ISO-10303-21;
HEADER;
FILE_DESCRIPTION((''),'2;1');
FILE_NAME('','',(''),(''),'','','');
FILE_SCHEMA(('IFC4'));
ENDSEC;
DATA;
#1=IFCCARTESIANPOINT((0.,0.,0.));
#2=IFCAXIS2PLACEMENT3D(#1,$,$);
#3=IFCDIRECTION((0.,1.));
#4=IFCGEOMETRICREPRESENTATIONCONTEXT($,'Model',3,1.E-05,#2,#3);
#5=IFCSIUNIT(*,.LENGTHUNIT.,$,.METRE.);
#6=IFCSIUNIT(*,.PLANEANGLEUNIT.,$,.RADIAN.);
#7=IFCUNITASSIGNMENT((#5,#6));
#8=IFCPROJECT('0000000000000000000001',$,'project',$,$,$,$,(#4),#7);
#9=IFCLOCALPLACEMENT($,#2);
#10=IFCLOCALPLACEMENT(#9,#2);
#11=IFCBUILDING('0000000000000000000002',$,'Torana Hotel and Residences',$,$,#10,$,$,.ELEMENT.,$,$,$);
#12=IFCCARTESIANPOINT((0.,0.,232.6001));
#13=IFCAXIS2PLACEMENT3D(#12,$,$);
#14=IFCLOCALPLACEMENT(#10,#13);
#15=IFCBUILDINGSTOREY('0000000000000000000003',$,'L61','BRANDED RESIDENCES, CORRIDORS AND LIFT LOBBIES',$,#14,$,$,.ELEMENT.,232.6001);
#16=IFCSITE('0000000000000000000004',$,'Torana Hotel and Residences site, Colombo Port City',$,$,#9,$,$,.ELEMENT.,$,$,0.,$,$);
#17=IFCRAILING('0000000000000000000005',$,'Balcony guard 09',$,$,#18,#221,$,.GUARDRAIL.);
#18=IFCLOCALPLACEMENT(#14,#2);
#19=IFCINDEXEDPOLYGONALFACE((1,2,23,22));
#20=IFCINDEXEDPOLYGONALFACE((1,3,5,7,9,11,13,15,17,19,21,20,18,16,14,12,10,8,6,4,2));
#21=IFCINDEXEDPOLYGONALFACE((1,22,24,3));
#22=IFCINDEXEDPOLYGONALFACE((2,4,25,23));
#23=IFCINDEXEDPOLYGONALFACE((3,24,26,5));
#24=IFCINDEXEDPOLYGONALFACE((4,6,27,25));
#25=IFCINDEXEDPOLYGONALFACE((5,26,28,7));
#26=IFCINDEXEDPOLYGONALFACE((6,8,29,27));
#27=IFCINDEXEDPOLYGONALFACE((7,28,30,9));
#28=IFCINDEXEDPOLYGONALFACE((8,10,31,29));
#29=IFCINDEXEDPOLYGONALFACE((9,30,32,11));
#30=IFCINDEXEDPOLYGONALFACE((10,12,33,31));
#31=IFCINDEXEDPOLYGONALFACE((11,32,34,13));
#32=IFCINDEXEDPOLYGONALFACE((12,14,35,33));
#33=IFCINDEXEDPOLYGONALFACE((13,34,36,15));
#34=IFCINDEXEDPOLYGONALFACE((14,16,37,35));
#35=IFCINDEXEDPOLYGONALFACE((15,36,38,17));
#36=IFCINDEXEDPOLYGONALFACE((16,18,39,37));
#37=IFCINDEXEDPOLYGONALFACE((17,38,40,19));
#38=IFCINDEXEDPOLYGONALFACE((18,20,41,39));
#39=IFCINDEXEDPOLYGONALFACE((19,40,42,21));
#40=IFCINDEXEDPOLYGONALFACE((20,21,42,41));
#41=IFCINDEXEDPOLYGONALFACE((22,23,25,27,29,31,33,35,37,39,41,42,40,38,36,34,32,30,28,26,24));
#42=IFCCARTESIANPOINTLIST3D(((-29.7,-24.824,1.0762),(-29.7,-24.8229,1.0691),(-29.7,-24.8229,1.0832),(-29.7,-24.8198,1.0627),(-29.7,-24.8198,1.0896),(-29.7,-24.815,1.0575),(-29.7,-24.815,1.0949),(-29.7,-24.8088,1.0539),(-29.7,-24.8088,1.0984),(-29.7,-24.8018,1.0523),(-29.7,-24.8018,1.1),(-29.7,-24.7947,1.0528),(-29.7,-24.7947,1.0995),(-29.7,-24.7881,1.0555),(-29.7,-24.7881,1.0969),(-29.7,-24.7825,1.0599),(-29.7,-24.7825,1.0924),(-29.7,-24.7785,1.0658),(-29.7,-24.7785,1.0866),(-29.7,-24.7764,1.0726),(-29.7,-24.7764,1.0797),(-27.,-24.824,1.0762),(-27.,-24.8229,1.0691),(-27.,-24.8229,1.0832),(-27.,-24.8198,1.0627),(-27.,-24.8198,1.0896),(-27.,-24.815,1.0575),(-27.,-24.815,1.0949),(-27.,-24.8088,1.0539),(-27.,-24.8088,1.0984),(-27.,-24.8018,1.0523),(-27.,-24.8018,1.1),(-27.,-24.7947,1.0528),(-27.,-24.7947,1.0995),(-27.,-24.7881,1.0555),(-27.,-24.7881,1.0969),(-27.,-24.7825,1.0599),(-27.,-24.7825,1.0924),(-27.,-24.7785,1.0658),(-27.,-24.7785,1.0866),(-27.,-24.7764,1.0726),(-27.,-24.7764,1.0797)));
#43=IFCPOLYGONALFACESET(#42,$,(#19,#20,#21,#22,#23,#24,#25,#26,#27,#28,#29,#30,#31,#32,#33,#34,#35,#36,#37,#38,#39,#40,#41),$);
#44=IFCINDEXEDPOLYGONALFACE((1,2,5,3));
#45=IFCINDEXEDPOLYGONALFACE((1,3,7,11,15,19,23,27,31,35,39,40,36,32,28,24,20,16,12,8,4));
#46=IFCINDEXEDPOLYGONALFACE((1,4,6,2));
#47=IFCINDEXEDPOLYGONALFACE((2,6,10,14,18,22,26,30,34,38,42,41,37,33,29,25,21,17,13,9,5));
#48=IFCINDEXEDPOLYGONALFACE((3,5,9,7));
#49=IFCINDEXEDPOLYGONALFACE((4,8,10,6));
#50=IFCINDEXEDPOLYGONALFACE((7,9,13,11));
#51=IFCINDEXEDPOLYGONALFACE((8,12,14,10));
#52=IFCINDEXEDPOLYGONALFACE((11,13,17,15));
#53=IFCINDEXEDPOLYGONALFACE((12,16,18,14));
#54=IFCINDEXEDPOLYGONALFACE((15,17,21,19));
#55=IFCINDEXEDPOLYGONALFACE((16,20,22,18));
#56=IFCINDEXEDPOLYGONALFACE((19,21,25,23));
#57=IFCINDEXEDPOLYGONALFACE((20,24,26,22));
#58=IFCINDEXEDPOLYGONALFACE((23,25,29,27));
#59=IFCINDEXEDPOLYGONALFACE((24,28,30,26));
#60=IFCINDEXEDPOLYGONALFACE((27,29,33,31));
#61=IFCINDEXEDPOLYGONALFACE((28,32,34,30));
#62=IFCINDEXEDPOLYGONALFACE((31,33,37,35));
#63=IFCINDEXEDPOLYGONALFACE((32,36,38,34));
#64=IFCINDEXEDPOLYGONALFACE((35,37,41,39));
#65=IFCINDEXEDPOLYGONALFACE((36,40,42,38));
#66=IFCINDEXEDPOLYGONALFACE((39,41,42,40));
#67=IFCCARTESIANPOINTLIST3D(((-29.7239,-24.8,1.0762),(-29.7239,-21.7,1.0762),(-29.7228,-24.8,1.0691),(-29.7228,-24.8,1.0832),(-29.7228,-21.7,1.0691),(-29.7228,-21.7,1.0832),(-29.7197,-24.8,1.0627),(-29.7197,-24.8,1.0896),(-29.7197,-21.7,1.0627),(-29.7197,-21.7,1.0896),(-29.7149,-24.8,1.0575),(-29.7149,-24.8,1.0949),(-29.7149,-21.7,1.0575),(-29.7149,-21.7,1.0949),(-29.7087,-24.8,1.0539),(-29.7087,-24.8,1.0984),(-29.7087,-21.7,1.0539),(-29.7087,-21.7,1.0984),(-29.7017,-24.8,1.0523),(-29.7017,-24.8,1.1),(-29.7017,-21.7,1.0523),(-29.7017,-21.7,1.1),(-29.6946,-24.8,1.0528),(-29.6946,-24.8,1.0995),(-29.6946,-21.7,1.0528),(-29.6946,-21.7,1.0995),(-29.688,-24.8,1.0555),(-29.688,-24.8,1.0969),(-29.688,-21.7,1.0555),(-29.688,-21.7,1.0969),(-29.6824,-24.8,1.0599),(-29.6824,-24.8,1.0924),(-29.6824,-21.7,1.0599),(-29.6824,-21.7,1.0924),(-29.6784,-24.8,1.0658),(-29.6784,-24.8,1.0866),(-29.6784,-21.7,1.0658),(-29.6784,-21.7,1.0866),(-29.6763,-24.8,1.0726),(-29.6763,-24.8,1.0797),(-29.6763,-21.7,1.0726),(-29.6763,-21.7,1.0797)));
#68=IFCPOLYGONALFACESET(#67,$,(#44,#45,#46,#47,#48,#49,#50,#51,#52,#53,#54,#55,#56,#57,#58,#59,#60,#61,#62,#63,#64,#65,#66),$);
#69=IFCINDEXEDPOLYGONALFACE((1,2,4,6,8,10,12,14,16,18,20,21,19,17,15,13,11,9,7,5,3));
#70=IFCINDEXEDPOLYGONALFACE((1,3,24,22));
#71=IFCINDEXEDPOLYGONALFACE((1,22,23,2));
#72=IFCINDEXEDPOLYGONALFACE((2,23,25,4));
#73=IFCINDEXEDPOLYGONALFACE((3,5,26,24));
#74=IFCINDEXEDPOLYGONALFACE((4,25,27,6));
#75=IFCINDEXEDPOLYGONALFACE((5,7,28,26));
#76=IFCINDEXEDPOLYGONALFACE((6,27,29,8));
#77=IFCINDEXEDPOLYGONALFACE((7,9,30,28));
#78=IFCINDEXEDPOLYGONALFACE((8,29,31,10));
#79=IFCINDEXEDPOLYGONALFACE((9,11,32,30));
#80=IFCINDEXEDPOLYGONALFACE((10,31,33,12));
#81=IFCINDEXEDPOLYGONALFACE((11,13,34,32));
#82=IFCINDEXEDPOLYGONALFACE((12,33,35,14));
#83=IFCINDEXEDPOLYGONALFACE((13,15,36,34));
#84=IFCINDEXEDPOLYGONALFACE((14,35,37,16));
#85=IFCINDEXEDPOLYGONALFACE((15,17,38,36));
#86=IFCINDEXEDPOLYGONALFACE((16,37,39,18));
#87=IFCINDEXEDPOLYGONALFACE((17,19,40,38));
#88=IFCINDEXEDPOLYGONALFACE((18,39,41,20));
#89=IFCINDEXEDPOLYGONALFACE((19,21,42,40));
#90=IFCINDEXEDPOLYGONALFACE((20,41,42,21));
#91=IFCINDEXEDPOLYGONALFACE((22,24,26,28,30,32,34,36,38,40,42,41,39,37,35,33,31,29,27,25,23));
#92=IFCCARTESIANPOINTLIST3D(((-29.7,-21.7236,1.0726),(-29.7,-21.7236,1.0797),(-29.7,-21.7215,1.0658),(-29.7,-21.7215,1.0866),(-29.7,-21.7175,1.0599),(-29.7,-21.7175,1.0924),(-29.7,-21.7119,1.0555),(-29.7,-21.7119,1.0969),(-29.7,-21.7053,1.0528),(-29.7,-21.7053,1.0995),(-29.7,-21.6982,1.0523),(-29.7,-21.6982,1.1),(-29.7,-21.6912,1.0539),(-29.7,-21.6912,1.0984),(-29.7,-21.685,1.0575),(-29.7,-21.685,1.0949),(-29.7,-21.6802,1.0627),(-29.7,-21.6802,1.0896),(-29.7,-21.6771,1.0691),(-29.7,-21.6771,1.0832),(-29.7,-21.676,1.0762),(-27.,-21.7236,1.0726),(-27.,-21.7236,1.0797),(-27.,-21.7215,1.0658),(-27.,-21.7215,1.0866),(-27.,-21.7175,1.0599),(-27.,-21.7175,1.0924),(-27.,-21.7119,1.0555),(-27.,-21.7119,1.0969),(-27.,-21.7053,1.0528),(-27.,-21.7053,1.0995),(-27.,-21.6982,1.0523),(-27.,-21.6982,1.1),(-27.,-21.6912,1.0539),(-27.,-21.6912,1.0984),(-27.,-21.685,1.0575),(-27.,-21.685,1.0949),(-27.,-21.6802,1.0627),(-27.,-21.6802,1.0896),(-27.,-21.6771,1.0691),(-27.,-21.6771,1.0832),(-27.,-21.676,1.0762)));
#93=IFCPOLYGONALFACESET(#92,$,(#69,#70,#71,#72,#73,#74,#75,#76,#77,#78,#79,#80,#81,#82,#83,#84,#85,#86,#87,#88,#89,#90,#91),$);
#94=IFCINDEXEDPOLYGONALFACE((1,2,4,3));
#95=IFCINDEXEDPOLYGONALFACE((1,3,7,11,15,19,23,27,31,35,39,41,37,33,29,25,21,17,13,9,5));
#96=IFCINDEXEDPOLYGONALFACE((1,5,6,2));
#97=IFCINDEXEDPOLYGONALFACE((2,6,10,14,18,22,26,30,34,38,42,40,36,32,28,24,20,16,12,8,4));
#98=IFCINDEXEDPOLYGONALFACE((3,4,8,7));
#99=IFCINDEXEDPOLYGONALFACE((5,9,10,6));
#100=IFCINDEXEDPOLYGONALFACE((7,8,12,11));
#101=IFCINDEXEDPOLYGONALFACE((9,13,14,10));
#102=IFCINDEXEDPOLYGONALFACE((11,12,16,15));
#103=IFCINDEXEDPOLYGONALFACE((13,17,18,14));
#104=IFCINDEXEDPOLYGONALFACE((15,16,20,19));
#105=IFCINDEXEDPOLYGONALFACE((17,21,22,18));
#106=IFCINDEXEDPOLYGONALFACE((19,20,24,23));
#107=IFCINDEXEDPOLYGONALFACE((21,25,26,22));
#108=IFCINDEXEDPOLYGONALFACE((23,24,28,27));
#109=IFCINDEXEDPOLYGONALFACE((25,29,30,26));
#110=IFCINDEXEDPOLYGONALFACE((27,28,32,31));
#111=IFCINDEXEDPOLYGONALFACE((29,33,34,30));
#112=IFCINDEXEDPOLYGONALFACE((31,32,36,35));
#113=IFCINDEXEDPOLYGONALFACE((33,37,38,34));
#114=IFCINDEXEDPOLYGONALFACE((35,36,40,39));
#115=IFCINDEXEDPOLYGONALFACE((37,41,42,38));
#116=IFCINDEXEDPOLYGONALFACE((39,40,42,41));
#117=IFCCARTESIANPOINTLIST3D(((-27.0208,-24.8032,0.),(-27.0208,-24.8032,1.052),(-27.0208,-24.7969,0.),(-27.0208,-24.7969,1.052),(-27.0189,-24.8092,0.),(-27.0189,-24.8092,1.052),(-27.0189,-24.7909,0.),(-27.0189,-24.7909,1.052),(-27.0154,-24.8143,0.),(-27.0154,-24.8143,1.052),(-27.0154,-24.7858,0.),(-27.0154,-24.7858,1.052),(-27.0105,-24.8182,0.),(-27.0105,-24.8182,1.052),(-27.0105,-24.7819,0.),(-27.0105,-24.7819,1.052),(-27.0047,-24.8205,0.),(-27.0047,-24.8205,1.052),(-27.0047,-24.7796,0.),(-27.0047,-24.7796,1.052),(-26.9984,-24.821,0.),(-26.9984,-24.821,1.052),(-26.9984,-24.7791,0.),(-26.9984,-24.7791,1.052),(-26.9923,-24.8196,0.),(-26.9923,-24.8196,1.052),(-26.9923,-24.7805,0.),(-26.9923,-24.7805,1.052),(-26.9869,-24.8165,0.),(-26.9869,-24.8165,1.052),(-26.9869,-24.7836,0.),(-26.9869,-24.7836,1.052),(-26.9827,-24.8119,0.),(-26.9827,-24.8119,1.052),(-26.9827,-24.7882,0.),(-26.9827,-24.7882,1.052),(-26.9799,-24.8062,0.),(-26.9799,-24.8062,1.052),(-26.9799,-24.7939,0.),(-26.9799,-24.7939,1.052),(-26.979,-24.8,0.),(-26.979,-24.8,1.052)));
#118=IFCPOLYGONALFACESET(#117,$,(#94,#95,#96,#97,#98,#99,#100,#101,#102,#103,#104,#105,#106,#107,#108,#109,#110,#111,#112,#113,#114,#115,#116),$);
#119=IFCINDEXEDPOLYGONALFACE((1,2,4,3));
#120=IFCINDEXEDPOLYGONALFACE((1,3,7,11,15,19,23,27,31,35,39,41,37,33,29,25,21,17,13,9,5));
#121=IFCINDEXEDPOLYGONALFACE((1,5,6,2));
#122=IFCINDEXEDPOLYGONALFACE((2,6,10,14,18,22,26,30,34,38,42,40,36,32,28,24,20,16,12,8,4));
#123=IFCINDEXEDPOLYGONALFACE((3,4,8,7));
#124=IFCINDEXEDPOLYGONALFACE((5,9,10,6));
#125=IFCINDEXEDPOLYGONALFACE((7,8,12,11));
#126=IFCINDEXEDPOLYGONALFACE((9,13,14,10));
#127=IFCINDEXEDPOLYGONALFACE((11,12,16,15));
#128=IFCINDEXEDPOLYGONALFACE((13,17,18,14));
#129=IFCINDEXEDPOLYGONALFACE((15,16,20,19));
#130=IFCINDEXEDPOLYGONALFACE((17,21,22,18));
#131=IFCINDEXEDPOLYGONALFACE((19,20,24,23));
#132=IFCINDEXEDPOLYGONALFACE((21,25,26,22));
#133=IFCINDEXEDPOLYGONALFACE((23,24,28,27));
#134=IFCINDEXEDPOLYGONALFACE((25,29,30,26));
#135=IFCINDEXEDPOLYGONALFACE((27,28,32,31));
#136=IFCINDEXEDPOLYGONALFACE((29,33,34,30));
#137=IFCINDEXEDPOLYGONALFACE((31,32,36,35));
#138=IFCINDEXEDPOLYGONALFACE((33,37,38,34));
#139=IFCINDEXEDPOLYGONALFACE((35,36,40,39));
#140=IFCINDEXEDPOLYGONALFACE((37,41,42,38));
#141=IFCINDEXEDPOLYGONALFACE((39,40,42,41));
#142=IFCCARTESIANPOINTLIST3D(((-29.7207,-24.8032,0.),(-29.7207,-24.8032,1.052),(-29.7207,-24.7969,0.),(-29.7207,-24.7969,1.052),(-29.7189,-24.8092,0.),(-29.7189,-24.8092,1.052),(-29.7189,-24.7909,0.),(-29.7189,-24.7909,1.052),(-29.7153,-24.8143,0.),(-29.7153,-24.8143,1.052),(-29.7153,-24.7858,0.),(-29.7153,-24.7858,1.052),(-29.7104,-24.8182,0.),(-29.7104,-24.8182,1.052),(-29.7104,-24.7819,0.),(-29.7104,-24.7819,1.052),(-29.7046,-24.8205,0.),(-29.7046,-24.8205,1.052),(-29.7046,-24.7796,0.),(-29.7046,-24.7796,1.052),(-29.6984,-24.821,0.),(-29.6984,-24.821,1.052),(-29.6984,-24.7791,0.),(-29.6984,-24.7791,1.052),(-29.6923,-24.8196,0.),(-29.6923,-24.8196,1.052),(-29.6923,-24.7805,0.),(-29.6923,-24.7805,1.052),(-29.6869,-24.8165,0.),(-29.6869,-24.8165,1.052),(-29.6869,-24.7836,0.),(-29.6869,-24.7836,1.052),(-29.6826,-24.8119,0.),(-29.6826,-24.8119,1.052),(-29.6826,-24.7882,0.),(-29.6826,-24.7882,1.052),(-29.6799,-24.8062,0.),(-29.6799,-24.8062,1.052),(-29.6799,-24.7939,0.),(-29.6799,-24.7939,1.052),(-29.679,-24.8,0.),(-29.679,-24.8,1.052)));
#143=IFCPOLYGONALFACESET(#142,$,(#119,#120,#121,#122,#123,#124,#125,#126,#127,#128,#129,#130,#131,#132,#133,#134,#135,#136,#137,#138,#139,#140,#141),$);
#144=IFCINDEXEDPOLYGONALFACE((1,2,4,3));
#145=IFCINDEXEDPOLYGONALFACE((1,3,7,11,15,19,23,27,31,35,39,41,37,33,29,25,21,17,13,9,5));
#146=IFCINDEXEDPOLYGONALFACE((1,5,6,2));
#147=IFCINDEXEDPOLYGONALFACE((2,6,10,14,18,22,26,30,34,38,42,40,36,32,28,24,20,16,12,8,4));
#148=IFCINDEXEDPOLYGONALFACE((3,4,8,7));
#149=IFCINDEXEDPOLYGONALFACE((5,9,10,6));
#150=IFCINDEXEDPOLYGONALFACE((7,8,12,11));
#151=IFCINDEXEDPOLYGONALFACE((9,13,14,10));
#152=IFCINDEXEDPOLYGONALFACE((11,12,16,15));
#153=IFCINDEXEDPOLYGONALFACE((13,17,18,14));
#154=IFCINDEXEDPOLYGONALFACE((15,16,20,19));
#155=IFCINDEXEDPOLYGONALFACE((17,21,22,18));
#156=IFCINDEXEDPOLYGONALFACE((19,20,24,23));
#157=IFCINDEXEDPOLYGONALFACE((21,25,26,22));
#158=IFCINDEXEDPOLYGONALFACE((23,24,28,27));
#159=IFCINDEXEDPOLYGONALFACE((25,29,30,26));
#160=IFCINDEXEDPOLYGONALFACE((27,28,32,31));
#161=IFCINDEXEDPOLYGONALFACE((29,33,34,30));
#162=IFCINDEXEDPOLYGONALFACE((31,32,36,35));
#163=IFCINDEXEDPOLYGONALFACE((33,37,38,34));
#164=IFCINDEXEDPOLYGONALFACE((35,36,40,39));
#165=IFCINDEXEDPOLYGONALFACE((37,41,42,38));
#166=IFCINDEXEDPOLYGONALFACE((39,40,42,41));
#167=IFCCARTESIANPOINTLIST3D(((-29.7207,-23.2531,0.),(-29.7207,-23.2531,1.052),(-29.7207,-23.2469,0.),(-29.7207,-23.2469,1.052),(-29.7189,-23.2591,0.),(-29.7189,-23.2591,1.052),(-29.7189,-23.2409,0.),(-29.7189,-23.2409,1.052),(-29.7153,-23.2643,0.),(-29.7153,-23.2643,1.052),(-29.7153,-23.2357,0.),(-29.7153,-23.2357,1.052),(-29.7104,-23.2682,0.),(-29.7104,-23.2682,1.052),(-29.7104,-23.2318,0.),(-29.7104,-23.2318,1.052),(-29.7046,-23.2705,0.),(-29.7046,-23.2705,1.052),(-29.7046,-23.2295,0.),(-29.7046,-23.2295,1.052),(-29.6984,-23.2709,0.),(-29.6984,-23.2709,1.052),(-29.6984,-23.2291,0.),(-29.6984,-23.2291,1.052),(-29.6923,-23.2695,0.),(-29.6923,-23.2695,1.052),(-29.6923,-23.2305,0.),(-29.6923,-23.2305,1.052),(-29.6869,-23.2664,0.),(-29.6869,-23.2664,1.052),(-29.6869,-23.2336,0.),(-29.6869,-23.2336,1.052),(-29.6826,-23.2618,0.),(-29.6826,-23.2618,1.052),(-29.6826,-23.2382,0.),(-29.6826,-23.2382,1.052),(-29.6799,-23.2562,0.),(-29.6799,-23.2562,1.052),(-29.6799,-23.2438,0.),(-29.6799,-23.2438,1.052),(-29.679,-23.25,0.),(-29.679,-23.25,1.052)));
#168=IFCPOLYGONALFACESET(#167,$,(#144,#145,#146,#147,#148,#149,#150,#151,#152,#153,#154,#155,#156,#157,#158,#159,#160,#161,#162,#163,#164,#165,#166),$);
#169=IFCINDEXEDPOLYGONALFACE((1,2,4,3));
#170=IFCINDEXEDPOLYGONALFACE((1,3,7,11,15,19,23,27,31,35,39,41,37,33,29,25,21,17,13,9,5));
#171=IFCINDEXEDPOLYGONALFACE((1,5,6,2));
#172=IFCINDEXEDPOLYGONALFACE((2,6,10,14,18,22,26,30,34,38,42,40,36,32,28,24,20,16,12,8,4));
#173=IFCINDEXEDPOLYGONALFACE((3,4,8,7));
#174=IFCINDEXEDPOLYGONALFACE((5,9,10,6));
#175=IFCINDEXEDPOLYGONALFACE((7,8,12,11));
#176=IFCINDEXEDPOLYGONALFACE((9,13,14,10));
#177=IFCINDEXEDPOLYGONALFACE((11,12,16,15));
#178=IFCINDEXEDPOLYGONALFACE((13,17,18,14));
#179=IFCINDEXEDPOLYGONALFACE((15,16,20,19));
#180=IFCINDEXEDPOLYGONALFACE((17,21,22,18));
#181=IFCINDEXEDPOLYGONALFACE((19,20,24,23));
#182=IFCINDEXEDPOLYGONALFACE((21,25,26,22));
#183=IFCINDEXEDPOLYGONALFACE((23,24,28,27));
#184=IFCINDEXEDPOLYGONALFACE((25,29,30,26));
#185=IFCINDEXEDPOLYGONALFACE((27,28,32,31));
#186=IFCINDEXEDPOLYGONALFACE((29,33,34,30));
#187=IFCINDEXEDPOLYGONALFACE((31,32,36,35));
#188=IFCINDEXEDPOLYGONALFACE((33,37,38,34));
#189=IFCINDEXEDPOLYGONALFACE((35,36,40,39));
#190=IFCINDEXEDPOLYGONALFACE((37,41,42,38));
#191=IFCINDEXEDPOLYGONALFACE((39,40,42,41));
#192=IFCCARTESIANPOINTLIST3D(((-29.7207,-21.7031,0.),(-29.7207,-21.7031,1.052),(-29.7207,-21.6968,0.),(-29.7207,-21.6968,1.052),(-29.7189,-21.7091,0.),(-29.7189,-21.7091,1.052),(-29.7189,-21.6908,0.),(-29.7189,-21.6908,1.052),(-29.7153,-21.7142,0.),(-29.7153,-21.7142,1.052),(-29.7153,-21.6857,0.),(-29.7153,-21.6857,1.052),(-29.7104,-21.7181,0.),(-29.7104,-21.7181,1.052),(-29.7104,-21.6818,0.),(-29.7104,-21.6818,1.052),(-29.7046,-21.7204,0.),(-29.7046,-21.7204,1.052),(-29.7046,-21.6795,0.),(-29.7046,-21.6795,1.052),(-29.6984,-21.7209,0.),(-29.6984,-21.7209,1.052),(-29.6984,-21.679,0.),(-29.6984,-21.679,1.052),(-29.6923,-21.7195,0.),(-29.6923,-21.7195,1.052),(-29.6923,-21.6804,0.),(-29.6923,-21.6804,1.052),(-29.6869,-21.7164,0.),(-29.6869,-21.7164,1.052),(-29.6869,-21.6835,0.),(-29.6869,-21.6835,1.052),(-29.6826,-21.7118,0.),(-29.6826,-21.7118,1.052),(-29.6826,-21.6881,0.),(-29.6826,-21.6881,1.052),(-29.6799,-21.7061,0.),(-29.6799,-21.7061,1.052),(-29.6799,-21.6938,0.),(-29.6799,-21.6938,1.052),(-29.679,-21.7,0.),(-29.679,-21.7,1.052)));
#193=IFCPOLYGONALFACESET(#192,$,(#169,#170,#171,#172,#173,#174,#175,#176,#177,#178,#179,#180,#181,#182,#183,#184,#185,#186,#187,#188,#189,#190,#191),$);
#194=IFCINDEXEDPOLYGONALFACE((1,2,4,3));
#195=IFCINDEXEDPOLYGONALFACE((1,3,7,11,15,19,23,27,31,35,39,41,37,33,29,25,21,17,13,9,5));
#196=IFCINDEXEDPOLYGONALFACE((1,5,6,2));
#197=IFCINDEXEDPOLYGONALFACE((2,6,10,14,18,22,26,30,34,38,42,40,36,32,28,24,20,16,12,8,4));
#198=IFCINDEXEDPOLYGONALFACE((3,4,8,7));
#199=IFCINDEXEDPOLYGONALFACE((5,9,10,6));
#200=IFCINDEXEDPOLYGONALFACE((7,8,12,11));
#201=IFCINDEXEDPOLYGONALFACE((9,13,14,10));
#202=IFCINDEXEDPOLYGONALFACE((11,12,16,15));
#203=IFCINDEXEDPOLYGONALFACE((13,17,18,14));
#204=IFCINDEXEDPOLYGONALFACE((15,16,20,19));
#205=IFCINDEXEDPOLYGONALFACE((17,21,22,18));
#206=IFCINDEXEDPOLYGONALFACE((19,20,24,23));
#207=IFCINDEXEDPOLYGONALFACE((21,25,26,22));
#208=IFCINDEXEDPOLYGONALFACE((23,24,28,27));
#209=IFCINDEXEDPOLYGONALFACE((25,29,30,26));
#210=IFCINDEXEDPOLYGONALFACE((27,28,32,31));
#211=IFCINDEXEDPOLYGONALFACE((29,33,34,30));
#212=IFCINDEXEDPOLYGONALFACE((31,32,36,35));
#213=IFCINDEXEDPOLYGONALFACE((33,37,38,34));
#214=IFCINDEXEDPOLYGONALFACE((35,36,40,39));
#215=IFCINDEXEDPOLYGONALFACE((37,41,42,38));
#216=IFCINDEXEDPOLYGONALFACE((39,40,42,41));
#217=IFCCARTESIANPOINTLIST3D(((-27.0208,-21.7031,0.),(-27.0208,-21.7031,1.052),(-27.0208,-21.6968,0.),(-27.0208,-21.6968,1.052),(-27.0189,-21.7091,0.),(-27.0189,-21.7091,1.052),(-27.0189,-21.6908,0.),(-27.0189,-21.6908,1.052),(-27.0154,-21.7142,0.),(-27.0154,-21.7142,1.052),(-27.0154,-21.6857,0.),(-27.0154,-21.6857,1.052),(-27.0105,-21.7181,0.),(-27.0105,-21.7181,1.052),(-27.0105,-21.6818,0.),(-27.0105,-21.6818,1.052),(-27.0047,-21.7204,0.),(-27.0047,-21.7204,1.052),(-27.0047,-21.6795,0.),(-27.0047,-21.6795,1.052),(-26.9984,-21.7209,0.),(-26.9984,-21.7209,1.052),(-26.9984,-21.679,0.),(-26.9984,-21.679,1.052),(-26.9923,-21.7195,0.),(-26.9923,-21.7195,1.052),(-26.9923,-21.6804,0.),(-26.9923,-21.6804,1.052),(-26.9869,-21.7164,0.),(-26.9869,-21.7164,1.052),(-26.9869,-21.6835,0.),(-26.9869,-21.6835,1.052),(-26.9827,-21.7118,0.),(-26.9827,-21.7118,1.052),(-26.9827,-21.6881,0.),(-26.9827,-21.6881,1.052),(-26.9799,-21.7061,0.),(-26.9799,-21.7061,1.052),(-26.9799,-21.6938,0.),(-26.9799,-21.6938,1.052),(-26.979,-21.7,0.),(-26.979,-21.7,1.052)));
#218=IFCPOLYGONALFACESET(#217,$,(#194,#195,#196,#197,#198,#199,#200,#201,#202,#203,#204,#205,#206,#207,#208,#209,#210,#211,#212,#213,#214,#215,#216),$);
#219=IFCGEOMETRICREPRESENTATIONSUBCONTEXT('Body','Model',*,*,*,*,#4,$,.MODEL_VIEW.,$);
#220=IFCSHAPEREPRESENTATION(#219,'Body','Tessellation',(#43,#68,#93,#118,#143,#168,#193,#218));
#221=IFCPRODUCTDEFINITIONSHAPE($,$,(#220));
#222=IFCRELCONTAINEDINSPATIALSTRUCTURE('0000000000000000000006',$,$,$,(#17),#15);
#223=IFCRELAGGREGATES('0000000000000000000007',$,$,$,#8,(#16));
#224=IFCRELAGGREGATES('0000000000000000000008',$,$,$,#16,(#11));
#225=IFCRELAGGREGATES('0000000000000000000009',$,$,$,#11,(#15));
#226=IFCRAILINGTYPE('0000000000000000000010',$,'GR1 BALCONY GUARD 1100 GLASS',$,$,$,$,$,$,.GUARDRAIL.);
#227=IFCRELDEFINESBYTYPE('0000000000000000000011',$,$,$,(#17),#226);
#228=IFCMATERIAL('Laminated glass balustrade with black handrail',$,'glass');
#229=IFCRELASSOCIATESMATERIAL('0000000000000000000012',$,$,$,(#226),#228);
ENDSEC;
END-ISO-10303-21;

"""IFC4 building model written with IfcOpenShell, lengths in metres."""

from ifc_helpers import new_model, si_unit, direction, frame, origin, origin_2d, place, context, subcontext, project, spatial, circle, extrude, material, type_object, element, save


model = new_model("IFC4")

# Units and contexts
model_context = context("Model", 3, precision=1e-05, world=origin(), true_north=direction((0.0, 1.0)))
body_context = subcontext(model_context, "Body", "Model", "MODEL_VIEW")
ifc_project = project(units=[si_unit("LENGTHUNIT", "METRE"), si_unit("PLANEANGLEUNIT", "RADIAN")], contexts=[model_context])

# Site, building, storey
site_placement = place(None, origin())
site = spatial("IfcSite", under=ifc_project, at=site_placement, Name="Torana Hotel and Residences site, Colombo Port City", CompositionType="ELEMENT", RefElevation=0.0)
building_placement = place(site_placement, origin())
building = spatial("IfcBuilding", under=site, at=building_placement, Name="Torana Hotel and Residences", CompositionType="ELEMENT")
storey_placement = place(building_placement, frame((0.0, 0.0, 232.6001)))
storey = spatial("IfcBuildingStorey", under=building, at=storey_placement, Name="L61", Description="BRANDED RESIDENCES, CORRIDORS AND LIFT LOBBIES", CompositionType="ELEMENT", Elevation=232.6001)

# Railing
ifc_material_1 = material(Name="Laminated glass balustrade with black handrail", Category="glass")
railing_type = type_object("IfcRailingType", Name="GR1 BALCONY GUARD 1100 GLASS", PredefinedType="GUARDRAIL", material=ifc_material_1)
railing_placement = place(storey_placement, frame((-27.0, -24.8, 0.0)))
element("IfcRailing", 1, at=railing_placement, inside=storey, type_object=railing_type, Name="Balcony guard 09", PredefinedType="GUARDRAIL", context=body_context, shape_type="SweptSolid", body=[
    extrude(circle(Radius=0.0239, at=origin_2d()), frame((0.0, 0.0, 1.0762), z_axis=(-1.0, 0.0, 0.0), x_axis=(0.0, -1.0, 0.0)), (0.0, 0.0, 1.0), 2.7),
    extrude(circle(Radius=0.0239, at=origin_2d()), frame((-2.7, 0.0, 1.0762), z_axis=(0.0, 1.0, 0.0), x_axis=(-1.0, 0.0, 0.0)), (0.0, 0.0, 1.0), 3.1001),
    extrude(circle(Radius=0.0239, at=origin_2d()), frame((-2.7, 3.1001, 1.0762), z_axis=(1.0, 0.0, 0.0), x_axis=(0.0, 1.0, 0.0)), (0.0, 0.0, 1.0), 2.7),
    extrude(circle(Radius=0.021, at=origin_2d()), origin(), (0.0, 0.0, 1.0), 1.052),
    extrude(circle(Radius=0.021, at=origin_2d()), frame((-2.7, 0.0, 0.0)), (0.0, 0.0, 1.0), 1.052),
    extrude(circle(Radius=0.021, at=origin_2d()), frame((-2.7, 1.55, 0.0)), (0.0, 0.0, 1.0), 1.052),
    extrude(circle(Radius=0.021, at=origin_2d()), frame((-2.7, 3.1001, 0.0)), (0.0, 0.0, 1.0), 1.052),
    extrude(circle(Radius=0.021, at=origin_2d()), frame((0.0, 3.1001, 0.0)), (0.0, 0.0, 1.0), 1.052),
])

save(model, "model.ifc")
